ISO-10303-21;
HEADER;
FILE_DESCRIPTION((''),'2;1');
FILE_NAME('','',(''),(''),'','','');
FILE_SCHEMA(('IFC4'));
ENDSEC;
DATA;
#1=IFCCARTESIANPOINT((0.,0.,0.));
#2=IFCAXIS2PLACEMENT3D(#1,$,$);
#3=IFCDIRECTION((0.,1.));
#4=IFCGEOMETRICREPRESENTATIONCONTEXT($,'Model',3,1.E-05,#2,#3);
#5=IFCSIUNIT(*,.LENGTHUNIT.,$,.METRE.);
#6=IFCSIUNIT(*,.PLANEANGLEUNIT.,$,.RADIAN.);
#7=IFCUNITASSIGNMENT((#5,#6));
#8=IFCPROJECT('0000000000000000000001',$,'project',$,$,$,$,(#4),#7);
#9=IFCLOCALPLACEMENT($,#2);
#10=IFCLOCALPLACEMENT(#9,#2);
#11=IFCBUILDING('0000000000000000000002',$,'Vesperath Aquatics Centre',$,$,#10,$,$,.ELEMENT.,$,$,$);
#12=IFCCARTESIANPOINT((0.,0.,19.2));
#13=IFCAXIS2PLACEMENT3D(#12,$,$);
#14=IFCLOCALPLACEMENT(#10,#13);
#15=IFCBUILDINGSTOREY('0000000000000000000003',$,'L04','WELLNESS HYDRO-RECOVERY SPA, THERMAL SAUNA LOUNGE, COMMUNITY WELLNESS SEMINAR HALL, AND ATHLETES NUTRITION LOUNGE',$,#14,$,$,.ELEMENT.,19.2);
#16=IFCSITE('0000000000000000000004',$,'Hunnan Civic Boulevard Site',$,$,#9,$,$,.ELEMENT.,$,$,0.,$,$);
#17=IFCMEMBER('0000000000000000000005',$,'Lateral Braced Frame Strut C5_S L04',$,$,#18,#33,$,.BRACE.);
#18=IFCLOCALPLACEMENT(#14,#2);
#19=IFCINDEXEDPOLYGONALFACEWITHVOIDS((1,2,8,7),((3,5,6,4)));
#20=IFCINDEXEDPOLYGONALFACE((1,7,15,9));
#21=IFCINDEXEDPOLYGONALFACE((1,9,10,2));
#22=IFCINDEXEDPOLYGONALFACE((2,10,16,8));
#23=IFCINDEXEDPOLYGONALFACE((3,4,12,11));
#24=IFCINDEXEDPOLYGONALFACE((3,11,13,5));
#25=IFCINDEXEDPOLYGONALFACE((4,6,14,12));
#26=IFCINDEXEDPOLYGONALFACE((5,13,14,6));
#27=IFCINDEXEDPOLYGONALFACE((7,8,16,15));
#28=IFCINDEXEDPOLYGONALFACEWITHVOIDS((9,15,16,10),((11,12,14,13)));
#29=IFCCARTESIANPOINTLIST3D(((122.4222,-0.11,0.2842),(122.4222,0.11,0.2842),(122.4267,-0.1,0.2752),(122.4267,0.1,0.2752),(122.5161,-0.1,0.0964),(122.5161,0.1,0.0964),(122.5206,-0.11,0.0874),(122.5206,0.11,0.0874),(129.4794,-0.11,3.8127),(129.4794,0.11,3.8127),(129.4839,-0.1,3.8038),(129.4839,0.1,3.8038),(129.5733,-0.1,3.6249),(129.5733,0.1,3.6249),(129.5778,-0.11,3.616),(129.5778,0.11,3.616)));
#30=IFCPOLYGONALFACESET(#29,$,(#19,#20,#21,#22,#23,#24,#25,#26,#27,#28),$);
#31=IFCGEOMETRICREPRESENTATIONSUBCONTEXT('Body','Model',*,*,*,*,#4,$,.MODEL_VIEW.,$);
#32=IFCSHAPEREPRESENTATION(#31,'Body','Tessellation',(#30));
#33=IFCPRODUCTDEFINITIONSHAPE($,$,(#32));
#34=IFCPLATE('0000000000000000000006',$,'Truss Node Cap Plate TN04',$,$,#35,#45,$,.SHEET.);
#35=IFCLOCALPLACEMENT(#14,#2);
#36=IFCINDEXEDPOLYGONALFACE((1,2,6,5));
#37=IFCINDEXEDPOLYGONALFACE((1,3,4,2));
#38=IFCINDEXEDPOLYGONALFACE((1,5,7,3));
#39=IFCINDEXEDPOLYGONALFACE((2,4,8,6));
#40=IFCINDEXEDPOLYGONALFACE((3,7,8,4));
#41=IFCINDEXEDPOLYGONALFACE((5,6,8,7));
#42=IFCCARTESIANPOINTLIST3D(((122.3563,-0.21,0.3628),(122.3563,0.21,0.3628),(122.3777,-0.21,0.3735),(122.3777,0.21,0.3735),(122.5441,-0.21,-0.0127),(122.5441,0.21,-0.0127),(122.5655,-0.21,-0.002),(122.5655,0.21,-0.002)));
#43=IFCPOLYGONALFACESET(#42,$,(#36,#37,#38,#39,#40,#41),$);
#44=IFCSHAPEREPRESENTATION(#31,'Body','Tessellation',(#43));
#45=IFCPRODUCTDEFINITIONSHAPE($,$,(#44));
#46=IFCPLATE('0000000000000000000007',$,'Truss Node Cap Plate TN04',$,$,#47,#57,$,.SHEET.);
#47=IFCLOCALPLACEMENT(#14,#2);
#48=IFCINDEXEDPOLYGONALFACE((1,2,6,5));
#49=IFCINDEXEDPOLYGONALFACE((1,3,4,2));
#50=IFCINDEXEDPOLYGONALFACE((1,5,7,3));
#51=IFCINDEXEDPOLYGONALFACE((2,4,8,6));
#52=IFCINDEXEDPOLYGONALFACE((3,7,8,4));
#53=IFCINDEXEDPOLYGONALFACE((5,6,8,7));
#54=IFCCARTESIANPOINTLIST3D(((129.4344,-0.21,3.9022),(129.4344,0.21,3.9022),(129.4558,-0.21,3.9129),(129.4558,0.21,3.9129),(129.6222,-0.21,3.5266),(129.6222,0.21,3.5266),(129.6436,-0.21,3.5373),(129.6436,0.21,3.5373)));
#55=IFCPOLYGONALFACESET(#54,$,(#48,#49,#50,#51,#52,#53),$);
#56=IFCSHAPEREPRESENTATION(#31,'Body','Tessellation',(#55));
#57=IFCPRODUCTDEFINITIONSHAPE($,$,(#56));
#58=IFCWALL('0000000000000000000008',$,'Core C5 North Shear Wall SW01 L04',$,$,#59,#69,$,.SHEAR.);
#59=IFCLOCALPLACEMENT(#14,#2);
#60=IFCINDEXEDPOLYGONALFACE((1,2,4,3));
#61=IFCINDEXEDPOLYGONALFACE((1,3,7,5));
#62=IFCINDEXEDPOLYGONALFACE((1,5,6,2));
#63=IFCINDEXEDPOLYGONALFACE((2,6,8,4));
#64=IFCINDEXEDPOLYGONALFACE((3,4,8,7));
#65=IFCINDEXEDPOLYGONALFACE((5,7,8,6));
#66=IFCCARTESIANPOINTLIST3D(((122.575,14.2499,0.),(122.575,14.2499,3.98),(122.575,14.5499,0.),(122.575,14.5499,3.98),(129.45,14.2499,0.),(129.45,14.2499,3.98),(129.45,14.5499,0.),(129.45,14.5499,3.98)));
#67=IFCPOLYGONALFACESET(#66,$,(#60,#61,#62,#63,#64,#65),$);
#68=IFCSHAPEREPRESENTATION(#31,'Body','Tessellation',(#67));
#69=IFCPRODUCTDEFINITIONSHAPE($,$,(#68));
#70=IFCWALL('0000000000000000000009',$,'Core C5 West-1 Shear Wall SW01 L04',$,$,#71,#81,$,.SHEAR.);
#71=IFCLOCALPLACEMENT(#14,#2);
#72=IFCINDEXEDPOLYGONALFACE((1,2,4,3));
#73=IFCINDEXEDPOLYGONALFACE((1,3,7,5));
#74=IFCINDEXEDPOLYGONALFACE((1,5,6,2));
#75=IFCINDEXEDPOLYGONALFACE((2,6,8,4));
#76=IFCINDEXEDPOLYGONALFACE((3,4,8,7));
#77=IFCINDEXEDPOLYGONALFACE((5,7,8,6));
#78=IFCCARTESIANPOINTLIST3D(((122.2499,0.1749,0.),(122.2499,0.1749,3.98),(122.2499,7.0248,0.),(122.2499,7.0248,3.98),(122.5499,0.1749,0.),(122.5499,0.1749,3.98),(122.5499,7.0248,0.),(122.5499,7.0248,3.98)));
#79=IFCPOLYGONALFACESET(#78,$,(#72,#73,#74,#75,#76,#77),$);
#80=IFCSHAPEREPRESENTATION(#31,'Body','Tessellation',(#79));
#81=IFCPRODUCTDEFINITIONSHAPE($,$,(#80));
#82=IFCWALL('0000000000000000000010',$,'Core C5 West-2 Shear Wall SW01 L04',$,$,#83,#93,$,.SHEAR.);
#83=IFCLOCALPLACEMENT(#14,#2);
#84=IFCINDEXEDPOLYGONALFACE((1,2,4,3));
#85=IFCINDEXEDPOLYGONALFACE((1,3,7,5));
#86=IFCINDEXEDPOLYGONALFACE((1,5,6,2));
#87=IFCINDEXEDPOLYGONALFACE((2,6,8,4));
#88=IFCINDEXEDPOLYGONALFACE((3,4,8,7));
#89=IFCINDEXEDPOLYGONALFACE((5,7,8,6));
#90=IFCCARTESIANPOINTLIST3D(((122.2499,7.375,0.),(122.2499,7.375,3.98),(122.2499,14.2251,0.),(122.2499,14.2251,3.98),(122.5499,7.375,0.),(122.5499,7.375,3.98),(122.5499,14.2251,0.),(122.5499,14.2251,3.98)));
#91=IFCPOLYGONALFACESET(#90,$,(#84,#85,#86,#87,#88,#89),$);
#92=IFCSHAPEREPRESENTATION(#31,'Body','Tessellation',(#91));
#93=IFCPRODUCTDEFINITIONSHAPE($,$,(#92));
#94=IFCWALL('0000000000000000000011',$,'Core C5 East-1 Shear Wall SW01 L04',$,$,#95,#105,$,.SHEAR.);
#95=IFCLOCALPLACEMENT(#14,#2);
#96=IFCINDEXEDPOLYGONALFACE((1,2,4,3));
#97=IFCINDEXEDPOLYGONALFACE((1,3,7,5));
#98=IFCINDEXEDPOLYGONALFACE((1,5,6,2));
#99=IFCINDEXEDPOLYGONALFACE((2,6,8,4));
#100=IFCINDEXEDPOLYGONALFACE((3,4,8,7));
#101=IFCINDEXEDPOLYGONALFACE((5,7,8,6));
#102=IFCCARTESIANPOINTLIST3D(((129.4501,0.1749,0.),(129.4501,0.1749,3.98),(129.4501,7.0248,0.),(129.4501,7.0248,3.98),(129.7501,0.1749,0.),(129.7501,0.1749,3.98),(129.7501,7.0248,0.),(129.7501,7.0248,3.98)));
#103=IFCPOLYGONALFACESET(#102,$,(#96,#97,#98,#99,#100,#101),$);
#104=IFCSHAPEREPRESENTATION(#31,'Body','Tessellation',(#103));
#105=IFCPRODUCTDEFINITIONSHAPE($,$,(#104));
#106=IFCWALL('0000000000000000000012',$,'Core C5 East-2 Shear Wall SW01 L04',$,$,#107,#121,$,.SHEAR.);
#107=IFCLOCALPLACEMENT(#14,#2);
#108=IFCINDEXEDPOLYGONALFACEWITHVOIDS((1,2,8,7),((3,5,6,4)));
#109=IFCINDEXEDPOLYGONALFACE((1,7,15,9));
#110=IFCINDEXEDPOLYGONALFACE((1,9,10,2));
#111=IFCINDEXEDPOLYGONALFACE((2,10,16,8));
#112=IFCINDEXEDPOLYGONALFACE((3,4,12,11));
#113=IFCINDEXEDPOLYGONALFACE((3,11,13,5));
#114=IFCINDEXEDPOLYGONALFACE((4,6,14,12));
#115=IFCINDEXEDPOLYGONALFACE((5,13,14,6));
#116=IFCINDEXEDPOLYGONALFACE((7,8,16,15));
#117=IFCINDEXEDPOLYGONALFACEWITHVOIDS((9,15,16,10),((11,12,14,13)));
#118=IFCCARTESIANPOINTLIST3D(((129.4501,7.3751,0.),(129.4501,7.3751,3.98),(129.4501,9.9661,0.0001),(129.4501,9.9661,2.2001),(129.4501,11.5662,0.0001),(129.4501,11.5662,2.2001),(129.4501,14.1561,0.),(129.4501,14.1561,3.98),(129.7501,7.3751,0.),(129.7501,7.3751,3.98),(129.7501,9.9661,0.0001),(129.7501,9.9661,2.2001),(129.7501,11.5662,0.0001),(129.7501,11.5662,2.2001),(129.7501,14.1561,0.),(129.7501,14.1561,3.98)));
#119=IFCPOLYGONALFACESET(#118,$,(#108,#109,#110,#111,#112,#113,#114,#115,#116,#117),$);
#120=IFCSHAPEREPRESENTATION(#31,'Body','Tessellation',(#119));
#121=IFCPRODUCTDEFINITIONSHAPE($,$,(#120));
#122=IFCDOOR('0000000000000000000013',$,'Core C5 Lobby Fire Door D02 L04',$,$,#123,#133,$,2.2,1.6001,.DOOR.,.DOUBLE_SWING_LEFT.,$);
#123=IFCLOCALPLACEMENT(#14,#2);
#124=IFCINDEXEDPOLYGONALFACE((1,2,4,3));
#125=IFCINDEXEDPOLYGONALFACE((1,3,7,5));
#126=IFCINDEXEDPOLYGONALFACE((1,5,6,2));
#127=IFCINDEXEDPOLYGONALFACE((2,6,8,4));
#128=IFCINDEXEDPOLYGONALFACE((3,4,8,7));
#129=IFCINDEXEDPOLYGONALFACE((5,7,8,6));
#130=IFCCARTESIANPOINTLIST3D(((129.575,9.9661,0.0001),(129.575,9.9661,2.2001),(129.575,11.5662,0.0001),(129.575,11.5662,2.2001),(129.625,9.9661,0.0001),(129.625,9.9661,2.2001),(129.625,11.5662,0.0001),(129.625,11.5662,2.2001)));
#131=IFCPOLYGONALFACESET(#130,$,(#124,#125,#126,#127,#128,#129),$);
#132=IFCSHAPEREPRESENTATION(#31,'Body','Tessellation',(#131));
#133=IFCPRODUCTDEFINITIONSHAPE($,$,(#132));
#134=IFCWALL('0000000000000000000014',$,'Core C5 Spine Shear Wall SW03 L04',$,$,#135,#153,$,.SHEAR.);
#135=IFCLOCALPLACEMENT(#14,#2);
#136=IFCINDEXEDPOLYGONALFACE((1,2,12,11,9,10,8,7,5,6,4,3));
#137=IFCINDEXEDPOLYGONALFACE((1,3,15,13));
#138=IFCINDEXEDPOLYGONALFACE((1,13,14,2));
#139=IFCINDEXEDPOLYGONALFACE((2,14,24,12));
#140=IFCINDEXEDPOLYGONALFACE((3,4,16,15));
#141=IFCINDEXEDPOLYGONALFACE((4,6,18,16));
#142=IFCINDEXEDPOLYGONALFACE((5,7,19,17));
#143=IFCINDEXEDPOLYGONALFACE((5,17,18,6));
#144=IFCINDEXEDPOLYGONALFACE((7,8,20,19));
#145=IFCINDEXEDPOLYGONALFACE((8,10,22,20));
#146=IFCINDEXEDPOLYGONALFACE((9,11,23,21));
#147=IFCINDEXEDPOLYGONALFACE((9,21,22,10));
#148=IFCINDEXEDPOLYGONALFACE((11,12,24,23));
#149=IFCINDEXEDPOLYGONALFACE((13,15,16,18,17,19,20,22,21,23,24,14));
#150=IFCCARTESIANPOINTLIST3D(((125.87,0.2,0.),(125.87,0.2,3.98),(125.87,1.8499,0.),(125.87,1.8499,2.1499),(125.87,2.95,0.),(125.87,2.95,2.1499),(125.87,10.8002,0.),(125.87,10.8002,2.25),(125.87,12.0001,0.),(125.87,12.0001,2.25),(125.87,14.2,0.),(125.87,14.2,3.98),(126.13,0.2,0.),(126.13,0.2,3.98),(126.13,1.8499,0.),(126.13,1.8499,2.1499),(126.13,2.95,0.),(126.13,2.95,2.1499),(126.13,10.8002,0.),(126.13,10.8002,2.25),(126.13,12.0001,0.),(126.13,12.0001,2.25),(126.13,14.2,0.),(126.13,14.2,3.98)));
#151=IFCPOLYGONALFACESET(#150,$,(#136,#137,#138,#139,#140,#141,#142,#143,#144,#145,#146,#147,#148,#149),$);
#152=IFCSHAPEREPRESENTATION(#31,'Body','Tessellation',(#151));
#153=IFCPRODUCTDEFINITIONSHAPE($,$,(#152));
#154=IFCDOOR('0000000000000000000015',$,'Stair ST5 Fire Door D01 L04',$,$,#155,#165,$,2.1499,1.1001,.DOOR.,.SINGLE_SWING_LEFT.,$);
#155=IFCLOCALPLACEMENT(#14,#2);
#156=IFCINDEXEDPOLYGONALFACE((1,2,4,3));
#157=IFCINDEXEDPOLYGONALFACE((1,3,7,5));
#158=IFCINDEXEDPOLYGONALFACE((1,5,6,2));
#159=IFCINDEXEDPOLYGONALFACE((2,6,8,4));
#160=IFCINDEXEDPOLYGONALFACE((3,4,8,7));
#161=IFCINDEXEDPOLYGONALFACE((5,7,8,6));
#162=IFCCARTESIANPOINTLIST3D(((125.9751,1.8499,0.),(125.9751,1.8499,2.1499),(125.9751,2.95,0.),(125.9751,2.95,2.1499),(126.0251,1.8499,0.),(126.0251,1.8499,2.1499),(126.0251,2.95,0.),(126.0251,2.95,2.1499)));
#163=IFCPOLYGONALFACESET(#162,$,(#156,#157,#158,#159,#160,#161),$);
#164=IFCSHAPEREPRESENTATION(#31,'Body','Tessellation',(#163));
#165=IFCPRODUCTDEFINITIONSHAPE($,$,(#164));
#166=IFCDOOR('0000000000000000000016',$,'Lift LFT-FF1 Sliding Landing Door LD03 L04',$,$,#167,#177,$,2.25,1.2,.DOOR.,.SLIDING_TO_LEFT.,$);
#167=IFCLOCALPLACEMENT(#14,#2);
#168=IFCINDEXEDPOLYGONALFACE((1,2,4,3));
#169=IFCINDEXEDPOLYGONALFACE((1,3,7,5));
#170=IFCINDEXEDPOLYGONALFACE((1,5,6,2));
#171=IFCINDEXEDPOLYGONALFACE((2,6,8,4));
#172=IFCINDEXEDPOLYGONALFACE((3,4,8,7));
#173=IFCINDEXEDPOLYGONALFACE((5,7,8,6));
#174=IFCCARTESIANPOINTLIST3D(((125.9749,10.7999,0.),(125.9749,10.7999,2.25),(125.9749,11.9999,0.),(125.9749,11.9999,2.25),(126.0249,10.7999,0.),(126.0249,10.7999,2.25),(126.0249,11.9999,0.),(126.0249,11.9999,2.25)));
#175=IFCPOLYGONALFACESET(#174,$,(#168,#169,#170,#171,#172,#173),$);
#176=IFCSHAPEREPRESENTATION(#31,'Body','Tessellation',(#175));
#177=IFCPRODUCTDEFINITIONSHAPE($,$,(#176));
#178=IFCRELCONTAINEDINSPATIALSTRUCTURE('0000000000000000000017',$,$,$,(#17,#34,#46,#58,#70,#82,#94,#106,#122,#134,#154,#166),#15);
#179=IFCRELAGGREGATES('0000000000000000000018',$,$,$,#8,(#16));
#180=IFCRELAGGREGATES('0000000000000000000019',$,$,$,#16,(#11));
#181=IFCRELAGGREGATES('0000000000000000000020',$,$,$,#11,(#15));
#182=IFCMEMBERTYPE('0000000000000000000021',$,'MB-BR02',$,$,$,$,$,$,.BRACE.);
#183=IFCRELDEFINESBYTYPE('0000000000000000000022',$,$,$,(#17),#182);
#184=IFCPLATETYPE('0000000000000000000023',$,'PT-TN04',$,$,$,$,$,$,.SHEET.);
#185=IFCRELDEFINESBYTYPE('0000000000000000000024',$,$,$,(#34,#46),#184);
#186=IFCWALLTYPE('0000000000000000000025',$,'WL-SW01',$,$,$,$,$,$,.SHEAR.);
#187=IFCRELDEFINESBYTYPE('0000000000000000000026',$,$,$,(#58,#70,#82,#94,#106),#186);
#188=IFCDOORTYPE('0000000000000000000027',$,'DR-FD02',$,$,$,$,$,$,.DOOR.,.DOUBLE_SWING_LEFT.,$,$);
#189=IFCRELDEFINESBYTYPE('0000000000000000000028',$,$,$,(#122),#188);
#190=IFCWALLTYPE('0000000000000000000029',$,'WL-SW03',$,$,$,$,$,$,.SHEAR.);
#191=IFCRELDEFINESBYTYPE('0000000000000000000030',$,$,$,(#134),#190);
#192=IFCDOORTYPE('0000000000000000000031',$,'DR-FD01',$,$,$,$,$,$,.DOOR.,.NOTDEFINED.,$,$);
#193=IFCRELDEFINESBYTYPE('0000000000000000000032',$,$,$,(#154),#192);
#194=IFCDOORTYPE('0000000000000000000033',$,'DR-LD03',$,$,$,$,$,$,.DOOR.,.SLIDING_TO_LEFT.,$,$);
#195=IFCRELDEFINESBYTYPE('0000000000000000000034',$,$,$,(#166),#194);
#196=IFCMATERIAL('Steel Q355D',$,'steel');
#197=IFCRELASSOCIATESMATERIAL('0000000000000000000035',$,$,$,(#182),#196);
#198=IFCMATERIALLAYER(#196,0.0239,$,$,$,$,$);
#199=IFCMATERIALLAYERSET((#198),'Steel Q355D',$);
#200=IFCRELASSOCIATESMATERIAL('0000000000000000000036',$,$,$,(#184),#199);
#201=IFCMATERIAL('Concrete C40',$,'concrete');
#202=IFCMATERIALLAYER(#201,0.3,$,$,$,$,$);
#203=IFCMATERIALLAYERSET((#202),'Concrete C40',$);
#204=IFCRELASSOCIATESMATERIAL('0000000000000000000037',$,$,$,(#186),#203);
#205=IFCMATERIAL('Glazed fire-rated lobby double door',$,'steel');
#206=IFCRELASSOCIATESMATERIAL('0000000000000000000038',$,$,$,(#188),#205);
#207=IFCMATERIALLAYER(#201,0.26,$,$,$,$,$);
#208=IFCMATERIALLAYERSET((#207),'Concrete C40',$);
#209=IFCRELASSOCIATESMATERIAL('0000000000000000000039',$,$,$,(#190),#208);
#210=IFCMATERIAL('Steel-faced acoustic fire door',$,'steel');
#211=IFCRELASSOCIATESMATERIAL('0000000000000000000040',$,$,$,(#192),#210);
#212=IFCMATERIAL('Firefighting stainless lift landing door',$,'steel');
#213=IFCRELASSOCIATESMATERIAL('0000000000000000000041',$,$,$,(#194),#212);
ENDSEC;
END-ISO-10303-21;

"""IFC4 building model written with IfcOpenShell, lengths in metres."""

from ifc_helpers import new_model, si_unit, direction, frame, frame_2d, origin, origin_2d, place, context, subcontext, project, spatial, rectangle, hollow_rectangle, extrude, material, layer, layer_set, material_profile, profile_set, type_object, element, fill, save


model = new_model("IFC4")

# Units and contexts
model_context = context("Model", 3, precision=1e-05, world=origin(), true_north=direction((0.0, 1.0)))
body_context = subcontext(model_context, "Body", "Model", "MODEL_VIEW")
ifc_project = project(units=[si_unit("LENGTHUNIT", "METRE"), si_unit("PLANEANGLEUNIT", "RADIAN")], contexts=[model_context])

# Site, building, storey
site_placement = place(None, origin())
site = spatial("IfcSite", under=ifc_project, at=site_placement, Name="Hunnan Civic Boulevard Site", CompositionType="ELEMENT", RefElevation=0.0)
building_placement = place(site_placement, origin())
building = spatial("IfcBuilding", under=site, at=building_placement, Name="Vesperath Aquatics Centre", CompositionType="ELEMENT")
storey_placement = place(building_placement, frame((0.0, 0.0, 19.2)))
storey = spatial("IfcBuildingStorey", under=building, at=storey_placement, Name="L04", Description="WELLNESS HYDRO-RECOVERY SPA, THERMAL SAUNA LOUNGE, COMMUNITY WELLNESS SEMINAR HALL, AND ATHLETES NUTRITION LOUNGE", CompositionType="ELEMENT", Elevation=19.2)

# Shared definitions
ifc_material_1 = material(Name="Steel Q355D", Category="steel")

# Member
ifc_material_profile_1 = material_profile(ifc_material_1, hollow_rectangle(XDim=0.22, YDim=0.22, WallThickness=0.01, at=origin_2d()), Name="SHS 220x220x10")
ifc_profile_set_1 = profile_set([ifc_material_profile_1], Name="Steel Q355D")
member_type = type_object("IfcMemberType", Name="MB-BR02", PredefinedType="BRACE", material=ifc_profile_set_1)
member_placement = place(storey_placement, frame((122.4714, 0.0, 0.1858), z_axis=(0.894427, 0.0, 0.447214), x_axis=(0.0, 1.0, 0.0)))
element("IfcMember", 1, at=member_placement, inside=storey, type_object=member_type, Name="Lateral Braced Frame Strut C5_S L04", PredefinedType="BRACE", context=body_context, shape_type="SweptSolid", body=[
    extrude(hollow_rectangle(XDim=0.22, YDim=0.22, WallThickness=0.01, at=origin_2d()), origin(), (0.0, 0.0, 1.0), 7.8901),
])

# Plates
ifc_layer_1 = layer(ifc_material_1, 0.0239)
ifc_layer_set_1 = layer_set([ifc_layer_1], Name="Steel Q355D")
plate_type = type_object("IfcPlateType", Name="PT-TN04", PredefinedType="SHEET", material=ifc_layer_set_1)
for number, where, z_axis, x_axis, name in (
    (2, (122.4502, 0.0, 0.175), (0.894427, 0.0, 0.447214), (0.0, 1.0, 0.0), "Truss Node Cap Plate TN04"),
    (3, (129.5283, 0.0, 3.7144), (0.894427, 0.0, 0.447214), (0.0, 1.0, 0.0), "Truss Node Cap Plate TN04"),
):
    element("IfcPlate", number, at=place(storey_placement, frame(where, z_axis=z_axis, x_axis=x_axis)), inside=storey, type_object=plate_type, Name=name, PredefinedType="SHEET", context=body_context, shape_type="SweptSolid", body=[
        extrude(rectangle(XDim=0.4199, YDim=0.4199, at=origin_2d()), origin(), (0.0, 0.0, 1.0), 0.0239),
    ])

# Walls
ifc_material_2 = material(Name="Concrete C40", Category="concrete")
ifc_layer_2 = layer(ifc_material_2, 0.3)
ifc_layer_set_2 = layer_set([ifc_layer_2], Name="Concrete C40")
wall_type_1 = type_object("IfcWallType", Name="WL-SW01", PredefinedType="SHEAR", material=ifc_layer_set_2)
wall_1_placement = place(storey_placement, frame((122.575, 14.3999, 0.0), z_axis=(0.0, 0.0, 1.0), x_axis=(1.0, 0.0, 0.0)))
element("IfcWall", 4, at=wall_1_placement, inside=storey, type_object=wall_type_1, Name="Core C5 North Shear Wall SW01 L04", PredefinedType="SHEAR", context=body_context, shape_type="SweptSolid", body=[
    extrude(rectangle(XDim=6.875, YDim=0.3, at=frame_2d((3.4375, 0.0))), origin(), (0.0, 0.0, 1.0), 3.98),
])
wall_2_placement = place(storey_placement, frame((122.3999, 0.175, 0.0), z_axis=(0.0, 0.0, 1.0), x_axis=(0.0, 1.0, 0.0)))
element("IfcWall", 5, at=wall_2_placement, inside=storey, type_object=wall_type_1, Name="Core C5 West-1 Shear Wall SW01 L04", PredefinedType="SHEAR", context=body_context, shape_type="SweptSolid", body=[
    extrude(rectangle(XDim=6.8499, YDim=0.3, at=frame_2d((3.4248, 0.0))), origin(), (0.0, 0.0, 1.0), 3.98),
])
wall_3_placement = place(storey_placement, frame((122.3999, 7.375, 0.0), z_axis=(0.0, 0.0, 1.0), x_axis=(0.0, 1.0, 0.0)))
element("IfcWall", 6, at=wall_3_placement, inside=storey, type_object=wall_type_1, Name="Core C5 West-2 Shear Wall SW01 L04", PredefinedType="SHEAR", context=body_context, shape_type="SweptSolid", body=[
    extrude(rectangle(XDim=6.8501, YDim=0.3, at=frame_2d((3.425, 0.0))), origin(), (0.0, 0.0, 1.0), 3.98),
])
wall_4_placement = place(storey_placement, frame((129.6001, 0.175, 0.0), z_axis=(0.0, 0.0, 1.0), x_axis=(0.0, 1.0, 0.0)))
element("IfcWall", 7, at=wall_4_placement, inside=storey, type_object=wall_type_1, Name="Core C5 East-1 Shear Wall SW01 L04", PredefinedType="SHEAR", context=body_context, shape_type="SweptSolid", body=[
    extrude(rectangle(XDim=6.8499, YDim=0.3, at=frame_2d((3.4248, 0.0))), origin(), (0.0, 0.0, 1.0), 3.98),
])

# Wall, opening, door
wall_5_placement = place(storey_placement, frame((129.6001, 7.375, 0.0), z_axis=(0.0, 0.0, 1.0), x_axis=(0.0, 1.0, 0.0)))
wall_5 = element("IfcWall", 8, at=wall_5_placement, inside=storey, type_object=wall_type_1, Name="Core C5 East-2 Shear Wall SW01 L04", PredefinedType="SHEAR", context=body_context, shape_type="SweptSolid", body=[
    extrude(rectangle(XDim=6.781, YDim=0.3, at=frame_2d((3.3906, 0.0))), origin(), (0.0, 0.0, 1.0), 3.98),
])
opening_1_placement = place(wall_5_placement, frame((2.5911, 0.0, 0.0)))
opening_1 = element("IfcOpeningElement", 9, at=opening_1_placement, cuts=wall_5, PredefinedType="OPENING", context=body_context, shape_type="SweptSolid", body=[
    extrude(rectangle(XDim=1.6001, YDim=2.2, at=frame_2d((0.8, 1.1001))), frame((0.0, 0.165, 0.0), z_axis=(0.0, -1.0, 0.0), x_axis=(1.0, 0.0, 0.0)), (0.0, 0.0, 1.0), 0.3298),
])
ifc_material_3 = material(Name="Glazed fire-rated lobby double door", Category="steel")
door_type_1 = type_object("IfcDoorType", Name="DR-FD02", OperationType="DOUBLE_SWING_LEFT", PredefinedType="DOOR", material=ifc_material_3)
door_1_placement = place(opening_1_placement, frame((1.6001, 0.0, 0.0), z_axis=(0.0, 0.0, 1.0), x_axis=(-1.0, 0.0, 0.0)))
door_1 = element("IfcDoor", 10, at=door_1_placement, inside=storey, type_object=door_type_1, Name="Core C5 Lobby Fire Door D02 L04", OperationType="DOUBLE_SWING_LEFT", OverallHeight=2.2, OverallWidth=1.6001, PredefinedType="DOOR", context=body_context, shape_type="SweptSolid", body=[
    extrude(rectangle(XDim=1.6001, YDim=2.2, at=frame_2d((0.8, 1.1001))), frame((0.0, 0.0249, 0.0), z_axis=(0.0, -1.0, 0.0), x_axis=(1.0, 0.0, 0.0)), (0.0, 0.0, 1.0), 0.05),
])
fill(opening_1, door_1)

# Wall, openings, doors
ifc_layer_3 = layer(ifc_material_2, 0.26)
ifc_layer_set_3 = layer_set([ifc_layer_3], Name="Concrete C40")
wall_type_2 = type_object("IfcWallType", Name="WL-SW03", PredefinedType="SHEAR", material=ifc_layer_set_3)
wall_6_placement = place(storey_placement, frame((126.0, 0.2, 0.0), z_axis=(0.0, 0.0, 1.0), x_axis=(0.0, 1.0, 0.0)))
wall_6 = element("IfcWall", 11, at=wall_6_placement, inside=storey, type_object=wall_type_2, Name="Core C5 Spine Shear Wall SW03 L04", PredefinedType="SHEAR", context=body_context, shape_type="SweptSolid", body=[
    extrude(rectangle(XDim=14.0, YDim=0.26, at=frame_2d((7.0, 0.0))), origin(), (0.0, 0.0, 1.0), 3.98),
])
opening_2_placement = place(wall_6_placement, frame((1.6499, 0.0, 0.0)))
opening_2 = element("IfcOpeningElement", 12, at=opening_2_placement, cuts=wall_6, PredefinedType="OPENING", context=body_context, shape_type="SweptSolid", body=[
    extrude(rectangle(XDim=1.1001, YDim=2.1499, at=frame_2d((0.55, 1.075))), frame((0.0, 0.145, 0.0), z_axis=(0.0, -1.0, 0.0), x_axis=(1.0, 0.0, 0.0)), (0.0, 0.0, 1.0), 0.2898),
])
opening_3_placement = place(wall_6_placement, frame((10.6001, 0.0, 0.0)))
opening_3 = element("IfcOpeningElement", 13, at=opening_3_placement, cuts=wall_6, PredefinedType="OPENING", context=body_context, shape_type="SweptSolid", body=[
    extrude(rectangle(XDim=1.2, YDim=2.25, at=frame_2d((0.6001, 1.125))), frame((0.0, 0.145, 0.0), z_axis=(0.0, -1.0, 0.0), x_axis=(1.0, 0.0, 0.0)), (0.0, 0.0, 1.0), 0.2898),
])
ifc_material_4 = material(Name="Steel-faced acoustic fire door", Category="steel")
door_type_2 = type_object("IfcDoorType", Name="DR-FD01", OperationType="NOTDEFINED", PredefinedType="DOOR", material=ifc_material_4)
door_2_placement = place(opening_2_placement, origin())
door_2 = element("IfcDoor", 14, at=door_2_placement, inside=storey, type_object=door_type_2, Name="Stair ST5 Fire Door D01 L04", OperationType="SINGLE_SWING_LEFT", OverallHeight=2.1499, OverallWidth=1.1001, PredefinedType="DOOR", context=body_context, shape_type="SweptSolid", body=[
    extrude(rectangle(XDim=1.1001, YDim=2.1499, at=frame_2d((0.55, 1.075))), frame((0.0, 0.0249, 0.0), z_axis=(0.0, -1.0, 0.0), x_axis=(1.0, 0.0, 0.0)), (0.0, 0.0, 1.0), 0.05),
])
fill(opening_2, door_2)
ifc_material_5 = material(Name="Firefighting stainless lift landing door", Category="steel")
door_type_3 = type_object("IfcDoorType", Name="DR-LD03", OperationType="SLIDING_TO_LEFT", PredefinedType="DOOR", material=ifc_material_5)
door_3_placement = place(opening_3_placement, frame((1.2, 0.0, 0.0), z_axis=(0.0, 0.0, 1.0), x_axis=(-1.0, 0.0, 0.0)))
door_3 = element("IfcDoor", 15, at=door_3_placement, inside=storey, type_object=door_type_3, Name="Lift LFT-FF1 Sliding Landing Door LD03 L04", OperationType="SLIDING_TO_LEFT", OverallHeight=2.25, OverallWidth=1.2, PredefinedType="DOOR", context=body_context, shape_type="SweptSolid", body=[
    extrude(rectangle(XDim=1.2, YDim=2.25, at=frame_2d((0.6001, 1.125))), frame((0.0, 0.0249, 0.0), z_axis=(0.0, -1.0, 0.0), x_axis=(1.0, 0.0, 0.0)), (0.0, 0.0, 1.0), 0.05),
])
fill(opening_3, door_3)

save(model, "model.ifc")
